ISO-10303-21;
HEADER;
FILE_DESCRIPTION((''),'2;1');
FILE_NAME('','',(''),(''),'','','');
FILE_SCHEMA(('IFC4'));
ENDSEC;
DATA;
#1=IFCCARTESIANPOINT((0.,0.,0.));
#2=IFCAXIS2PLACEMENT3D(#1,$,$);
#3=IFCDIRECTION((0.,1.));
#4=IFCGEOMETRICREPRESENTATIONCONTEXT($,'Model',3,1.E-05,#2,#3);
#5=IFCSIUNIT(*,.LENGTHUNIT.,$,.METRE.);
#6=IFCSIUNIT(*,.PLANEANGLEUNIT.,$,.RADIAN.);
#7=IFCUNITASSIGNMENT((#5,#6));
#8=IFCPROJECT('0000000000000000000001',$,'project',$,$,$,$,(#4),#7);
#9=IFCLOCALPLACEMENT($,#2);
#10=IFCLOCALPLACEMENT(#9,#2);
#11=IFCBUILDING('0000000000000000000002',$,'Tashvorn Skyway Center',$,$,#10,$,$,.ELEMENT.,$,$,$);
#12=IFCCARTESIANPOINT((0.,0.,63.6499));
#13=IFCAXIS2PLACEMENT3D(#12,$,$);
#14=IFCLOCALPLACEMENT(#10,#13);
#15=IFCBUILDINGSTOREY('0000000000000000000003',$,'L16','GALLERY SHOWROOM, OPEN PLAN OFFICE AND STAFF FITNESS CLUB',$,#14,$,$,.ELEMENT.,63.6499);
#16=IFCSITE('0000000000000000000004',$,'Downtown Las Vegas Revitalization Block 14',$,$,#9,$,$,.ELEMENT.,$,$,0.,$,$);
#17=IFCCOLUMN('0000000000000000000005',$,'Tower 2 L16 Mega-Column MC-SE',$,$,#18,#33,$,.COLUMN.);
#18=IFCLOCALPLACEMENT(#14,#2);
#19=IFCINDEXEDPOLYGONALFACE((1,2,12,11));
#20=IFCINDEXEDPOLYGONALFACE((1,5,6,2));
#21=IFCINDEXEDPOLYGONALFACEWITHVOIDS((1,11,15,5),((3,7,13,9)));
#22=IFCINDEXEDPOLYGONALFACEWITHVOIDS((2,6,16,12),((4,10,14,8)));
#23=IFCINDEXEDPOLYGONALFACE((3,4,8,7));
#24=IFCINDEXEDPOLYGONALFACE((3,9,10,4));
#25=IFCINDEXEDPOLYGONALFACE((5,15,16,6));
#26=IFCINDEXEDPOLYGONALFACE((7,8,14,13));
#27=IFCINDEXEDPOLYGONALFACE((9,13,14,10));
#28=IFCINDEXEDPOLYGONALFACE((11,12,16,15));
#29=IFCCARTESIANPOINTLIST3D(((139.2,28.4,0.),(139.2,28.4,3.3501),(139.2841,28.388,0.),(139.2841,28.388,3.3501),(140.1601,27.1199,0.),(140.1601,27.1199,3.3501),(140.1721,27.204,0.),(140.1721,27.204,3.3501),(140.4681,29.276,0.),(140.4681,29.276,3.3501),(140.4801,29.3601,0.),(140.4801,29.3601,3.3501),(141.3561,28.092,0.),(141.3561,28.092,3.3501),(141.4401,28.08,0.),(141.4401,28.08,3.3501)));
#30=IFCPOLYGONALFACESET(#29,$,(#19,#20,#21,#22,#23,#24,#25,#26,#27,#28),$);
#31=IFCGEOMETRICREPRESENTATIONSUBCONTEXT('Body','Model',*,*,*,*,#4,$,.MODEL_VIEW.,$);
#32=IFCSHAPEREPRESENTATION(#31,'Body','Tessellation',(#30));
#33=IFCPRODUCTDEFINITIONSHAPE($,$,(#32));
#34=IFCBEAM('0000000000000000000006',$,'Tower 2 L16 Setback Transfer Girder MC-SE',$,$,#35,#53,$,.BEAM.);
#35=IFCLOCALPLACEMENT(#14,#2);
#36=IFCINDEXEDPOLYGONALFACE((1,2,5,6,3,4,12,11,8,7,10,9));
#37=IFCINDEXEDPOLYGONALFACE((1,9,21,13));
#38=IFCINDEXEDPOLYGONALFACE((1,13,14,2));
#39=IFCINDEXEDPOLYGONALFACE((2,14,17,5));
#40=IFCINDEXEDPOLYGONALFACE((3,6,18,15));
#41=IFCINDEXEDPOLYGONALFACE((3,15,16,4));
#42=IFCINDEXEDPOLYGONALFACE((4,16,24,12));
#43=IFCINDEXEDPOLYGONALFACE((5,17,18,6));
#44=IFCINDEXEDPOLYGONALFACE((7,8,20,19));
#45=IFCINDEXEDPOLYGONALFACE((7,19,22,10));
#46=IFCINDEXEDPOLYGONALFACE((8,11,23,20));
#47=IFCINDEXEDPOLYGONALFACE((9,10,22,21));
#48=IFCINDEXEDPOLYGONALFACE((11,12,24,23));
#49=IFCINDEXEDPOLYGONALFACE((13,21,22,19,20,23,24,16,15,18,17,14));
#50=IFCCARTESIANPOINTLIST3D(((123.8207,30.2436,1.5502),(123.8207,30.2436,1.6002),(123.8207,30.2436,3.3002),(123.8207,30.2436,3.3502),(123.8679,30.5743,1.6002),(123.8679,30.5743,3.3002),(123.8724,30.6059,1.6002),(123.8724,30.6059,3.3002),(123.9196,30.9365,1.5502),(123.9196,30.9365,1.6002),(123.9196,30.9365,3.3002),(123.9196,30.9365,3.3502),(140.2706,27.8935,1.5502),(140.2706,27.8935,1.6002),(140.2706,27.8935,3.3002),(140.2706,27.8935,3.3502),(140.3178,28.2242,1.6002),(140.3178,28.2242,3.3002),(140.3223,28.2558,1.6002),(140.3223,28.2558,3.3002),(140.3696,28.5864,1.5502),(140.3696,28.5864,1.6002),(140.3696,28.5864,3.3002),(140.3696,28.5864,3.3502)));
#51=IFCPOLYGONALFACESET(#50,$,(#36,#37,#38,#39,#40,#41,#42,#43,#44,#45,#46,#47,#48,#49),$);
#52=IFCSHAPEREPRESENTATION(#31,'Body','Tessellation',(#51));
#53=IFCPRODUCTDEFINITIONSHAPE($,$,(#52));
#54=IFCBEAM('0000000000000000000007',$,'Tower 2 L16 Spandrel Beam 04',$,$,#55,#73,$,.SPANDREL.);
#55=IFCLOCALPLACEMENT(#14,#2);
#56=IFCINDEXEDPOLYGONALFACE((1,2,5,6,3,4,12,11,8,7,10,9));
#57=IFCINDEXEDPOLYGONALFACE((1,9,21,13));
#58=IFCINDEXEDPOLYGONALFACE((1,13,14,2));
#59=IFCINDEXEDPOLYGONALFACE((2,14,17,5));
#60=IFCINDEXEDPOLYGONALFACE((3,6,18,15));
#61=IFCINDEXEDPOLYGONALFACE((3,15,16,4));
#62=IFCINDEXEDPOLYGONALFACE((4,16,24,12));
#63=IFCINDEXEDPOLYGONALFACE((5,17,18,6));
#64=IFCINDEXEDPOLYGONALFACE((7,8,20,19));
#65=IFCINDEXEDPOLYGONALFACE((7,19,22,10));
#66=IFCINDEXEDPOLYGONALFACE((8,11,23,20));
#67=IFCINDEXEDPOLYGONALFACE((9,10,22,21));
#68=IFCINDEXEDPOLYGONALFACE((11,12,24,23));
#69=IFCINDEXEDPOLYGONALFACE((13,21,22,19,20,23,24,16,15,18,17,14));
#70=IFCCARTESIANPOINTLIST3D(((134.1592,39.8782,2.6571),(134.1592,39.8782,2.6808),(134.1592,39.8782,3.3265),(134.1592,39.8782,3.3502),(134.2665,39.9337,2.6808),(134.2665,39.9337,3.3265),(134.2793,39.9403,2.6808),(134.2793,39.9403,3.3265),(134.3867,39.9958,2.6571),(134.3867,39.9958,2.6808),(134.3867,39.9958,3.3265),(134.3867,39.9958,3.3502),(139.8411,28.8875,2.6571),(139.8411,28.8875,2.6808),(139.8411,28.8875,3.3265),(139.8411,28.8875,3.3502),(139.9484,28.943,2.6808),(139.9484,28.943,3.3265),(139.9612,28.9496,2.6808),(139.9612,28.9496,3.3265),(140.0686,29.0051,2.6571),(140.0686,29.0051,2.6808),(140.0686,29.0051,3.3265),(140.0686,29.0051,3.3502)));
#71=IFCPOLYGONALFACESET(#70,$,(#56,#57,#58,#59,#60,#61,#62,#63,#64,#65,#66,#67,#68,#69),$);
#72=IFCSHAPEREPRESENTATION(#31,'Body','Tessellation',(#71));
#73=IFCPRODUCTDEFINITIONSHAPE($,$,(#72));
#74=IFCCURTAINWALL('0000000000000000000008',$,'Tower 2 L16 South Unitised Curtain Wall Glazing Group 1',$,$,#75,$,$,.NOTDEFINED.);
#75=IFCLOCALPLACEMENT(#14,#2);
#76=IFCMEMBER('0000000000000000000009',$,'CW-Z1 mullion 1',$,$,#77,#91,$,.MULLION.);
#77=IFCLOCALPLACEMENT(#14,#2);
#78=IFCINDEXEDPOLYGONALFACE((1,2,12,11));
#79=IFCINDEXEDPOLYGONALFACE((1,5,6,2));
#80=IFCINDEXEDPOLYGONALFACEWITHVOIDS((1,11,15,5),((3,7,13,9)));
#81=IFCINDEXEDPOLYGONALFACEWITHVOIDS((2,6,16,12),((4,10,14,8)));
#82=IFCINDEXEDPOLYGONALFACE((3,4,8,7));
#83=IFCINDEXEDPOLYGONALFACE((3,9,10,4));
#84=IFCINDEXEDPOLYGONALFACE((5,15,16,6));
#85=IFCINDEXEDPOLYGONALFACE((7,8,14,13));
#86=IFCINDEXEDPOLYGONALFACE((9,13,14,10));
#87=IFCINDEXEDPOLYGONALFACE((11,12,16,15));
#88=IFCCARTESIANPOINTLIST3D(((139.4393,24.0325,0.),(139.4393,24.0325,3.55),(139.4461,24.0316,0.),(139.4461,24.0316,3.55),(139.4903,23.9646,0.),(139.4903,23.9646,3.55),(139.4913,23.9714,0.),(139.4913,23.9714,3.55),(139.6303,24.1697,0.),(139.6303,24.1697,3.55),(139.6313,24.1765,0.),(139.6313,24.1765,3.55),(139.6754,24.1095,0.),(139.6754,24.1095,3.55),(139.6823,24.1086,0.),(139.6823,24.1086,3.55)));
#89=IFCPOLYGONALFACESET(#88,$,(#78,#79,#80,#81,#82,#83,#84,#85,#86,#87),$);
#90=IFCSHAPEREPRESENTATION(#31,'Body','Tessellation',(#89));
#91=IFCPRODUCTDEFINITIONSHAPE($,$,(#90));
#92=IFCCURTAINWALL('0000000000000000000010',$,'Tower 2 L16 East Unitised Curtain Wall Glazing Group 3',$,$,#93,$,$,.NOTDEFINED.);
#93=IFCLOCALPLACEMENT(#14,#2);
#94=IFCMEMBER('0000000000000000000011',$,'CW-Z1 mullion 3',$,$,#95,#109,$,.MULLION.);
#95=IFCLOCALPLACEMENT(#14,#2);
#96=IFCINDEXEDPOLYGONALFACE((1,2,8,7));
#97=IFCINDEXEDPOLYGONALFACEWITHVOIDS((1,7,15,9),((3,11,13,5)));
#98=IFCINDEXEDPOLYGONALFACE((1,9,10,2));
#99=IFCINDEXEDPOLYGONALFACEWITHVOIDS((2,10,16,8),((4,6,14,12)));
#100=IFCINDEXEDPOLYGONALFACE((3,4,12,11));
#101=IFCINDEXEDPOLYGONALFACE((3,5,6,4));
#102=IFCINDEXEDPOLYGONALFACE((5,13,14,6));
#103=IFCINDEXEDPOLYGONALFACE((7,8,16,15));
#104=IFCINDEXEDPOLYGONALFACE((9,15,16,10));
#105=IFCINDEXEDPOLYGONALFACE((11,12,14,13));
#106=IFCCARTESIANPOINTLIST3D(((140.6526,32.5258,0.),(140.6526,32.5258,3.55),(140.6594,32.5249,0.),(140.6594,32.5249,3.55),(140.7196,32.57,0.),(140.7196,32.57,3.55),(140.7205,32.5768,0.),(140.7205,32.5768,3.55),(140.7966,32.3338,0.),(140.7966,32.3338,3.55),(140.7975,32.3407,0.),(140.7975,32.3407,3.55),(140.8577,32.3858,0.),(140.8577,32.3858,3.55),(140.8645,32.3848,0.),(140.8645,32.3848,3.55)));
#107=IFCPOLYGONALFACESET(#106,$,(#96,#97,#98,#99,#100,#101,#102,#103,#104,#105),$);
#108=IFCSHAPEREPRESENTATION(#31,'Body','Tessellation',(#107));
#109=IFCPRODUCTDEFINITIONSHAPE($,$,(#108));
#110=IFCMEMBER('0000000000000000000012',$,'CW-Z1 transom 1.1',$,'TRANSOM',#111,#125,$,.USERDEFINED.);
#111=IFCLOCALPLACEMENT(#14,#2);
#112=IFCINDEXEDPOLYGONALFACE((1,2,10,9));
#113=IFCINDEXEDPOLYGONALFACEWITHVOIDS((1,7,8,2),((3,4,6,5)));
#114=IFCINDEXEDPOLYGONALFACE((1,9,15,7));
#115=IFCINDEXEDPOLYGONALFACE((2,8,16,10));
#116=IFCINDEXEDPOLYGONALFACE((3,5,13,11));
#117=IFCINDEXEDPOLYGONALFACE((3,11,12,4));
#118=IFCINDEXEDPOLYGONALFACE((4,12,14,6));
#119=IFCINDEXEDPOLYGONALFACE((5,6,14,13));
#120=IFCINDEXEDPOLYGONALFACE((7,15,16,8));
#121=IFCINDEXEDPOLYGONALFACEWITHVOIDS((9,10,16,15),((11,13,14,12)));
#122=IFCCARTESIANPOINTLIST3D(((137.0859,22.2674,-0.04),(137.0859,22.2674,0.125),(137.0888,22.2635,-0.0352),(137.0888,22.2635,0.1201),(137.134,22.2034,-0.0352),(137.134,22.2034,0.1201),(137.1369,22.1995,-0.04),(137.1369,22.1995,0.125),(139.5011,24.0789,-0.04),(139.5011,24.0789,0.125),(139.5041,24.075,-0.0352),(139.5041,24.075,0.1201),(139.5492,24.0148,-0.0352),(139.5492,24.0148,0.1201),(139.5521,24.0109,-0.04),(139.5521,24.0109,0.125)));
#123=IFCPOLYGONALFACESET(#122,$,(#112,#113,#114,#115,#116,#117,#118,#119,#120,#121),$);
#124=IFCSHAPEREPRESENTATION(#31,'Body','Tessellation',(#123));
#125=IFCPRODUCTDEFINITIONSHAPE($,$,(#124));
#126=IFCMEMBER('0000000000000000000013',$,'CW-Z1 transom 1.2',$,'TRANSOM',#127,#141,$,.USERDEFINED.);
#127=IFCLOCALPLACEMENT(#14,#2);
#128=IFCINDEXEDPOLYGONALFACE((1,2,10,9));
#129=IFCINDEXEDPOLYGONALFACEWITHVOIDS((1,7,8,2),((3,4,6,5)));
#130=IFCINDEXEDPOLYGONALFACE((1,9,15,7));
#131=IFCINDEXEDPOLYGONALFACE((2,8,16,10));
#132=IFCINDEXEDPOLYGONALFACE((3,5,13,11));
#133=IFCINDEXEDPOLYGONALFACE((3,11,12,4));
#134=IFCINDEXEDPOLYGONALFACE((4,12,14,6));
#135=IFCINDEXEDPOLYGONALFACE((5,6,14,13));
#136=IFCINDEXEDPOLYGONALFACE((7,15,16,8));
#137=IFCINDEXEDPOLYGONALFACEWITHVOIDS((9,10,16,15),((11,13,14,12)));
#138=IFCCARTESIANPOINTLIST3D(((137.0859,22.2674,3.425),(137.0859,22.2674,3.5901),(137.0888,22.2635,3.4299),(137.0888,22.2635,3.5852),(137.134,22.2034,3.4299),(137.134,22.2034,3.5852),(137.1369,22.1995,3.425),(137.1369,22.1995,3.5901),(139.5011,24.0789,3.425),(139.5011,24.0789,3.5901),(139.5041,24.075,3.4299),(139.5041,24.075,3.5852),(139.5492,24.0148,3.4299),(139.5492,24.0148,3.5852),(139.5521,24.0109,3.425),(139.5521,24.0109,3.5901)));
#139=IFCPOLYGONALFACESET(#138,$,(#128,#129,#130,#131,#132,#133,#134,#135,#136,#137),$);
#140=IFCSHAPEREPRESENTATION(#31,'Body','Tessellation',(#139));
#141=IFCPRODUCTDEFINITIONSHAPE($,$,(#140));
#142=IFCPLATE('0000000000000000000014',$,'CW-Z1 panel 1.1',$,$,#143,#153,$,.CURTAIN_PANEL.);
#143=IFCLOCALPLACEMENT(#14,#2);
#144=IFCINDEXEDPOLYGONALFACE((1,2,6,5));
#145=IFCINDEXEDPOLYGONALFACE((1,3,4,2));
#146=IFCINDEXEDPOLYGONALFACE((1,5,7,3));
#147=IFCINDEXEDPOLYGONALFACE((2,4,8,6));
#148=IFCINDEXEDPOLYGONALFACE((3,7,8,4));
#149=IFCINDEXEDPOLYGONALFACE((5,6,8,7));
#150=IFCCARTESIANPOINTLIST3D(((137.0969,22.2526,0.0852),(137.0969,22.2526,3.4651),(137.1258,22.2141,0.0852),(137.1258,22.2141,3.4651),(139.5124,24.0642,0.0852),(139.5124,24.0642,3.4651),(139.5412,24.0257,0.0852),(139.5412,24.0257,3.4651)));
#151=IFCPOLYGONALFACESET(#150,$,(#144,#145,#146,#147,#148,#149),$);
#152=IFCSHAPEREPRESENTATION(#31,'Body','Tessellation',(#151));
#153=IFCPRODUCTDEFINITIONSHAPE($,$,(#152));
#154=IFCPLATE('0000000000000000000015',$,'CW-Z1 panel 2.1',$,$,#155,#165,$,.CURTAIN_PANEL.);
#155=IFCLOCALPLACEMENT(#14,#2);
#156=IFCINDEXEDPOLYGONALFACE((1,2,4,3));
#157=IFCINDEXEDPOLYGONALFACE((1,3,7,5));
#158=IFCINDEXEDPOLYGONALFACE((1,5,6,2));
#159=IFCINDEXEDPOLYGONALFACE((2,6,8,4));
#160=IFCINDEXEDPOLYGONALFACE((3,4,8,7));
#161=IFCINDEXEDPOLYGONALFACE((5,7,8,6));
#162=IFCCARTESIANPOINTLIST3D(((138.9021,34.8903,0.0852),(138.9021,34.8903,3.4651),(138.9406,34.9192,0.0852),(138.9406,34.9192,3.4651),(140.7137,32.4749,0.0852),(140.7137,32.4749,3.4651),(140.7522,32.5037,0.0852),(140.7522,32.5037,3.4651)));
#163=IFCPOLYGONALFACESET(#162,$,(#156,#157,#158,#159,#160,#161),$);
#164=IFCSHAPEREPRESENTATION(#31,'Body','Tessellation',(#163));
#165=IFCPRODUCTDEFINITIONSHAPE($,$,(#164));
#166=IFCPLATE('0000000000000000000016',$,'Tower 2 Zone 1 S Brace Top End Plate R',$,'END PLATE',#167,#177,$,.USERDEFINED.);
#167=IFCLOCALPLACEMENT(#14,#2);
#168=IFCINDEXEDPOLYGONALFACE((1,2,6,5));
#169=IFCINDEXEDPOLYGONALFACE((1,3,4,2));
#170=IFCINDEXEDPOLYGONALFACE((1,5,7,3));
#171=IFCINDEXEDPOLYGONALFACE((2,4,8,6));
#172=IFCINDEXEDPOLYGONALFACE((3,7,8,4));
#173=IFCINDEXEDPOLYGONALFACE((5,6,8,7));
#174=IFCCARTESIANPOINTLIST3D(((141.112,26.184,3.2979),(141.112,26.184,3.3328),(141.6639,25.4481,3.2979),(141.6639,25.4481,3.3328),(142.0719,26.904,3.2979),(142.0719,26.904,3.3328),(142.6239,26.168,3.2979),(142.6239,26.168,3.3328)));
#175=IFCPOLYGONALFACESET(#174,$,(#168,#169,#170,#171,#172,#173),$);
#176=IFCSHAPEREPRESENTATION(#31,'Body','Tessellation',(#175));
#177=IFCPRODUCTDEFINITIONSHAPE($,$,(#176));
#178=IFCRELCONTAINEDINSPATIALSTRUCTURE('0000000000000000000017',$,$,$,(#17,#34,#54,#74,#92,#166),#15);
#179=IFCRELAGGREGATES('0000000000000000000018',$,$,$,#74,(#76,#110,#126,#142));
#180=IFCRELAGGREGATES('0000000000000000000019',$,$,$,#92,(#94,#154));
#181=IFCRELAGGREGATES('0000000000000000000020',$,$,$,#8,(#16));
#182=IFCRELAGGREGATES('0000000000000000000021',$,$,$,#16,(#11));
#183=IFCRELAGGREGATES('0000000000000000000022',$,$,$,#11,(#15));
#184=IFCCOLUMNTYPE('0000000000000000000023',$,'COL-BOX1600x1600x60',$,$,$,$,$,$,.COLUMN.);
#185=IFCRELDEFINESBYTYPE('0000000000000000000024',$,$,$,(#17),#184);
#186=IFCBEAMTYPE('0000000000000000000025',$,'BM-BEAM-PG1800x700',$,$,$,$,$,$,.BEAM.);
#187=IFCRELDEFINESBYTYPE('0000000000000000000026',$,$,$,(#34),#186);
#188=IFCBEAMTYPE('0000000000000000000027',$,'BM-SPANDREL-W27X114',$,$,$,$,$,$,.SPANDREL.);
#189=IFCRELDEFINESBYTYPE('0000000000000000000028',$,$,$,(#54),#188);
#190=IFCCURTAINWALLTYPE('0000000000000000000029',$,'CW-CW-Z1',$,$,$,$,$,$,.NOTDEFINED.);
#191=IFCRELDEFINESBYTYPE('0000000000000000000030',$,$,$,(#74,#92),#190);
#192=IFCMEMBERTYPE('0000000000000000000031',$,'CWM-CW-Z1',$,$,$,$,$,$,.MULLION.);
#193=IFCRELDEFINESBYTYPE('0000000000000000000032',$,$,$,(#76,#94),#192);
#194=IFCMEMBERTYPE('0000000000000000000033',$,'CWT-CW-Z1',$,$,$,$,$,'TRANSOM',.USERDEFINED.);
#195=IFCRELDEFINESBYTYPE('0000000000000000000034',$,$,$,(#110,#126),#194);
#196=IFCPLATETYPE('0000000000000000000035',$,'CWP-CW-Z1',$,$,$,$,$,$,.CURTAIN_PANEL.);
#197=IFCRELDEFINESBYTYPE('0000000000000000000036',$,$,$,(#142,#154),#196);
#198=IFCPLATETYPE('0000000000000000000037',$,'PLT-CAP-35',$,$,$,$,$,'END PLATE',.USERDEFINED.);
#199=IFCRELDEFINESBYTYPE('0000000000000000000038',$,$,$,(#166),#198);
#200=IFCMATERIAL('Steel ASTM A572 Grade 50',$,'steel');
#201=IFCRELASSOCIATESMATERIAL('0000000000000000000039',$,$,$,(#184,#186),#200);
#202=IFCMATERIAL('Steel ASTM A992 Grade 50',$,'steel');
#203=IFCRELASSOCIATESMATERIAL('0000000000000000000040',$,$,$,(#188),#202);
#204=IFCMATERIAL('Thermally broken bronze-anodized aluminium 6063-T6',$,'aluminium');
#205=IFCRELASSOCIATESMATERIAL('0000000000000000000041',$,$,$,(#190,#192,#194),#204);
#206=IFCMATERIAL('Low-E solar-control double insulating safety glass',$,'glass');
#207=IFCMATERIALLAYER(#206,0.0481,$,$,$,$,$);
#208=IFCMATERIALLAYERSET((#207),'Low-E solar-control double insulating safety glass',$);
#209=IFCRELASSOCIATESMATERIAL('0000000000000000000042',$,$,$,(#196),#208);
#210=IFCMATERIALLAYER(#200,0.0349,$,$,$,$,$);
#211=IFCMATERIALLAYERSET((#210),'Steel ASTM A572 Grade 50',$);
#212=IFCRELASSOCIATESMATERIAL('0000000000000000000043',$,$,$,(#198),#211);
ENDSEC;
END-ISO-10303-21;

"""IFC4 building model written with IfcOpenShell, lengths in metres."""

from ifc_helpers import new_model, si_unit, direction, frame, origin, origin_2d, place, context, subcontext, project, spatial, rectangle, hollow_rectangle, i_section, extrude, material, layer, layer_set, material_profile, profile_set, type_object, element, aggregate, save


model = new_model("IFC4")

# Units and contexts
model_context = context("Model", 3, precision=1e-05, world=origin(), true_north=direction((0.0, 1.0)))
body_context = subcontext(model_context, "Body", "Model", "MODEL_VIEW")
ifc_project = project(units=[si_unit("LENGTHUNIT", "METRE"), si_unit("PLANEANGLEUNIT", "RADIAN")], contexts=[model_context])

# Site, building, storey
site_placement = place(None, origin())
site = spatial("IfcSite", under=ifc_project, at=site_placement, Name="Downtown Las Vegas Revitalization Block 14", CompositionType="ELEMENT", RefElevation=0.0)
building_placement = place(site_placement, origin())
building = spatial("IfcBuilding", under=site, at=building_placement, Name="Tashvorn Skyway Center", CompositionType="ELEMENT")
storey_placement = place(building_placement, frame((0.0, 0.0, 63.6499)))
storey = spatial("IfcBuildingStorey", under=building, at=storey_placement, Name="L16", Description="GALLERY SHOWROOM, OPEN PLAN OFFICE AND STAFF FITNESS CLUB", CompositionType="ELEMENT", Elevation=63.6499)

# Column
ifc_material_1 = material(Name="Steel ASTM A572 Grade 50", Category="steel")
ifc_material_profile_1 = material_profile(ifc_material_1, hollow_rectangle(XDim=1.6001, YDim=1.6001, WallThickness=0.0601, at=origin_2d()), Name="BOX1600x1600x60")
ifc_profile_set_1 = profile_set([ifc_material_profile_1], Name="Steel ASTM A572 Grade 50")
column_type = type_object("IfcColumnType", Name="COL-BOX1600x1600x60", PredefinedType="COLUMN", material=ifc_profile_set_1)
column_placement = place(storey_placement, frame((140.3201, 28.24, 0.0), z_axis=(0.0, 0.0, 1.0), x_axis=(0.8, 0.6, 0.0)))
element("IfcColumn", 1, at=column_placement, inside=storey, type_object=column_type, Name="Tower 2 L16 Mega-Column MC-SE", PredefinedType="COLUMN", context=body_context, shape_type="SweptSolid", body=[
    extrude(hollow_rectangle(XDim=1.6001, YDim=1.6001, WallThickness=0.0601, at=origin_2d()), origin(), (0.0, 0.0, 1.0), 3.3501),
])

# Beams
ifc_material_profile_2 = material_profile(ifc_material_1, i_section(OverallWidth=0.7, OverallDepth=1.8, WebThickness=0.032, FlangeThickness=0.05, at=origin_2d()), Name="PG1800x700")
ifc_profile_set_2 = profile_set([ifc_material_profile_2], Name="Steel ASTM A572 Grade 50")
beam_type_1 = type_object("IfcBeamType", Name="BM-BEAM-PG1800x700", PredefinedType="BEAM", material=ifc_profile_set_2)
beam_1_placement = place(storey_placement, frame((140.3201, 28.24, 2.4502), z_axis=(-0.989949, 0.141428, 0.0), x_axis=(-0.141428, -0.989949, 0.0)))
element("IfcBeam", 2, at=beam_1_placement, inside=storey, type_object=beam_type_1, Name="Tower 2 L16 Setback Transfer Girder MC-SE", PredefinedType="BEAM", context=body_context, shape_type="SweptSolid", body=[
    extrude(i_section(OverallWidth=0.7, OverallDepth=1.8, WebThickness=0.032, FlangeThickness=0.05, at=origin_2d()), origin(), (0.0, 0.0, 1.0), 16.6169),
])
ifc_material_2 = material(Name="Steel ASTM A992 Grade 50", Category="steel")
ifc_material_profile_3 = material_profile(ifc_material_2, i_section(OverallWidth=0.2561, OverallDepth=0.6931, WebThickness=0.0144, FlangeThickness=0.0237, at=origin_2d()), Name="W27X114")
ifc_profile_set_3 = profile_set([ifc_material_profile_3], Name="Steel ASTM A992 Grade 50")
beam_type_2 = type_object("IfcBeamType", Name="BM-SPANDREL-W27X114", PredefinedType="SPANDREL", material=ifc_profile_set_3)
beam_2_placement = place(storey_placement, frame((139.9548, 28.9463, 3.0037), z_axis=(-0.459233, 0.888316, 0.0), x_axis=(-0.888316, -0.459233, 0.0)))
element("IfcBeam", 3, at=beam_2_placement, inside=storey, type_object=beam_type_2, Name="Tower 2 L16 Spandrel Beam 04", PredefinedType="SPANDREL", context=body_context, shape_type="SweptSolid", body=[
    extrude(i_section(OverallWidth=0.2561, OverallDepth=0.6931, WebThickness=0.0144, FlangeThickness=0.0237, at=origin_2d()), origin(), (0.0, 0.0, 1.0), 12.3726),
])

# Curtain walls, members
ifc_material_3 = material(Name="Thermally broken bronze-anodized aluminium 6063-T6", Category="aluminium")
curtain_wall_type = type_object("IfcCurtainWallType", Name="CW-CW-Z1", PredefinedType="NOTDEFINED", material=ifc_material_3)
curtain_wall_1_placement = place(storey_placement, origin())
curtain_wall_1 = element("IfcCurtainWall", 4, at=curtain_wall_1_placement, inside=storey, type_object=curtain_wall_type, Name="Tower 2 L16 South Unitised Curtain Wall Glazing Group 1", PredefinedType="NOTDEFINED")
ifc_material_profile_4 = material_profile(ifc_material_3, hollow_rectangle(XDim=0.085, YDim=0.24, WallThickness=0.0049, at=origin_2d()), Name="ALU-MULL-85x240")
ifc_profile_set_4 = profile_set([ifc_material_profile_4], Name="Thermally broken bronze-anodized aluminium 6063-T6")
member_type_1 = type_object("IfcMemberType", Name="CWM-CW-Z1", PredefinedType="MULLION", material=ifc_profile_set_4)
member_1_placement = place(storey_placement, frame((139.5608, 24.0706, 0.0), z_axis=(0.0, 0.0, 1.0), x_axis=(0.599997, -0.800002, 0.0)))
member_1 = element("IfcMember", 5, at=member_1_placement, type_object=member_type_1, Name="CW-Z1 mullion 1", PredefinedType="MULLION", context=body_context, shape_type="SweptSolid", body=[
    extrude(hollow_rectangle(XDim=0.085, YDim=0.24, WallThickness=0.0049, at=origin_2d()), origin(), (0.0, 0.0, 1.0), 3.55),
])
curtain_wall_2_placement = place(storey_placement, origin())
curtain_wall_2 = element("IfcCurtainWall", 6, at=curtain_wall_2_placement, inside=storey, type_object=curtain_wall_type, Name="Tower 2 L16 East Unitised Curtain Wall Glazing Group 3", PredefinedType="NOTDEFINED")
member_2_placement = place(storey_placement, frame((140.7585, 32.4553, 0.0), z_axis=(0.0, 0.0, 1.0), x_axis=(0.800002, 0.599997, 0.0)))
member_2 = element("IfcMember", 7, at=member_2_placement, type_object=member_type_1, Name="CW-Z1 mullion 3", PredefinedType="MULLION", context=body_context, shape_type="SweptSolid", body=[
    extrude(hollow_rectangle(XDim=0.085, YDim=0.24, WallThickness=0.0049, at=origin_2d()), origin(), (0.0, 0.0, 1.0), 3.55),
])

# Members
ifc_material_profile_5 = material_profile(ifc_material_3, hollow_rectangle(XDim=0.085, YDim=0.165, WallThickness=0.0049, at=origin_2d()), Name="ALU-TRAN-85x165")
ifc_profile_set_5 = profile_set([ifc_material_profile_5], Name="Thermally broken bronze-anodized aluminium 6063-T6")
member_type_2 = type_object("IfcMemberType", Name="CWT-CW-Z1", ElementType="TRANSOM", PredefinedType="USERDEFINED", material=ifc_profile_set_5)
member_3_placement = place(storey_placement, frame((139.5266, 24.0449, 0.0425), z_axis=(-0.79999, -0.600013, 0.0), x_axis=(0.600013, -0.79999, 0.0)))
member_3 = element("IfcMember", 8, at=member_3_placement, type_object=member_type_2, Name="CW-Z1 transom 1.1", ObjectType="TRANSOM", PredefinedType="USERDEFINED", context=body_context, shape_type="SweptSolid", body=[
    extrude(hollow_rectangle(XDim=0.085, YDim=0.165, WallThickness=0.0049, at=origin_2d()), origin(), (0.0, 0.0, 1.0), 3.019),
])
member_4_placement = place(storey_placement, frame((139.5266, 24.0449, 3.5076), z_axis=(-0.79999, -0.600013, 0.0), x_axis=(0.600013, -0.79999, 0.0)))
member_4 = element("IfcMember", 9, at=member_4_placement, type_object=member_type_2, Name="CW-Z1 transom 1.2", ObjectType="TRANSOM", PredefinedType="USERDEFINED", context=body_context, shape_type="SweptSolid", body=[
    extrude(hollow_rectangle(XDim=0.085, YDim=0.165, WallThickness=0.0049, at=origin_2d()), origin(), (0.0, 0.0, 1.0), 3.019),
])

# Plates
ifc_material_4 = material(Name="Low-E solar-control double insulating safety glass", Category="glass")
ifc_layer_1 = layer(ifc_material_4, 0.0481)
ifc_layer_set_1 = layer_set([ifc_layer_1], Name="Low-E solar-control double insulating safety glass")
plate_type_1 = type_object("IfcPlateType", Name="CWP-CW-Z1", PredefinedType="CURTAIN_PANEL", material=ifc_layer_set_1)
plate_1_placement = place(storey_placement, frame((138.3191, 23.1392, 0.0852), z_axis=(0.0, 0.0, 1.0), x_axis=(-0.800002, -0.599997, 0.0)))
plate_1 = element("IfcPlate", 10, at=plate_1_placement, type_object=plate_type_1, Name="CW-Z1 panel 1.1", PredefinedType="CURTAIN_PANEL", context=body_context, shape_type="SweptSolid", body=[
    extrude(rectangle(XDim=3.0193, YDim=0.0481, at=origin_2d()), origin(), (0.0, 0.0, 1.0), 3.3799),
])
aggregate(curtain_wall_1, [member_1, member_3, member_4, plate_1])
plate_2_placement = place(storey_placement, frame((139.8271, 33.697, 0.0852), z_axis=(0.0, 0.0, 1.0), x_axis=(0.599997, -0.800002, 0.0)))
plate_2 = element("IfcPlate", 11, at=plate_2_placement, type_object=plate_type_1, Name="CW-Z1 panel 2.1", PredefinedType="CURTAIN_PANEL", context=body_context, shape_type="SweptSolid", body=[
    extrude(rectangle(XDim=3.0193, YDim=0.0481, at=origin_2d()), origin(), (0.0, 0.0, 1.0), 3.3799),
])
aggregate(curtain_wall_2, [member_2, plate_2])

# Plate
ifc_layer_2 = layer(ifc_material_1, 0.0349)
ifc_layer_set_2 = layer_set([ifc_layer_2], Name="Steel ASTM A572 Grade 50")
plate_type_2 = type_object("IfcPlateType", Name="PLT-CAP-35", ElementType="END PLATE", PredefinedType="USERDEFINED", material=ifc_layer_set_2)
for number, where, z_axis, x_axis, name in (
    (12, (141.8679, 26.176, 3.2979), (0.0, 0.0, 1.0), (0.8, 0.6, 0.0), "Tower 2 Zone 1 S Brace Top End Plate R"),
):
    element("IfcPlate", number, at=place(storey_placement, frame(where, z_axis=z_axis, x_axis=x_axis)), inside=storey, type_object=plate_type_2, Name=name, ObjectType="END PLATE", PredefinedType="USERDEFINED", context=body_context, shape_type="SweptSolid", body=[
        extrude(rectangle(XDim=1.2, YDim=0.9199, at=origin_2d()), origin(), (0.0, 0.0, 1.0), 0.0349),
    ])

save(model, "model.ifc")
